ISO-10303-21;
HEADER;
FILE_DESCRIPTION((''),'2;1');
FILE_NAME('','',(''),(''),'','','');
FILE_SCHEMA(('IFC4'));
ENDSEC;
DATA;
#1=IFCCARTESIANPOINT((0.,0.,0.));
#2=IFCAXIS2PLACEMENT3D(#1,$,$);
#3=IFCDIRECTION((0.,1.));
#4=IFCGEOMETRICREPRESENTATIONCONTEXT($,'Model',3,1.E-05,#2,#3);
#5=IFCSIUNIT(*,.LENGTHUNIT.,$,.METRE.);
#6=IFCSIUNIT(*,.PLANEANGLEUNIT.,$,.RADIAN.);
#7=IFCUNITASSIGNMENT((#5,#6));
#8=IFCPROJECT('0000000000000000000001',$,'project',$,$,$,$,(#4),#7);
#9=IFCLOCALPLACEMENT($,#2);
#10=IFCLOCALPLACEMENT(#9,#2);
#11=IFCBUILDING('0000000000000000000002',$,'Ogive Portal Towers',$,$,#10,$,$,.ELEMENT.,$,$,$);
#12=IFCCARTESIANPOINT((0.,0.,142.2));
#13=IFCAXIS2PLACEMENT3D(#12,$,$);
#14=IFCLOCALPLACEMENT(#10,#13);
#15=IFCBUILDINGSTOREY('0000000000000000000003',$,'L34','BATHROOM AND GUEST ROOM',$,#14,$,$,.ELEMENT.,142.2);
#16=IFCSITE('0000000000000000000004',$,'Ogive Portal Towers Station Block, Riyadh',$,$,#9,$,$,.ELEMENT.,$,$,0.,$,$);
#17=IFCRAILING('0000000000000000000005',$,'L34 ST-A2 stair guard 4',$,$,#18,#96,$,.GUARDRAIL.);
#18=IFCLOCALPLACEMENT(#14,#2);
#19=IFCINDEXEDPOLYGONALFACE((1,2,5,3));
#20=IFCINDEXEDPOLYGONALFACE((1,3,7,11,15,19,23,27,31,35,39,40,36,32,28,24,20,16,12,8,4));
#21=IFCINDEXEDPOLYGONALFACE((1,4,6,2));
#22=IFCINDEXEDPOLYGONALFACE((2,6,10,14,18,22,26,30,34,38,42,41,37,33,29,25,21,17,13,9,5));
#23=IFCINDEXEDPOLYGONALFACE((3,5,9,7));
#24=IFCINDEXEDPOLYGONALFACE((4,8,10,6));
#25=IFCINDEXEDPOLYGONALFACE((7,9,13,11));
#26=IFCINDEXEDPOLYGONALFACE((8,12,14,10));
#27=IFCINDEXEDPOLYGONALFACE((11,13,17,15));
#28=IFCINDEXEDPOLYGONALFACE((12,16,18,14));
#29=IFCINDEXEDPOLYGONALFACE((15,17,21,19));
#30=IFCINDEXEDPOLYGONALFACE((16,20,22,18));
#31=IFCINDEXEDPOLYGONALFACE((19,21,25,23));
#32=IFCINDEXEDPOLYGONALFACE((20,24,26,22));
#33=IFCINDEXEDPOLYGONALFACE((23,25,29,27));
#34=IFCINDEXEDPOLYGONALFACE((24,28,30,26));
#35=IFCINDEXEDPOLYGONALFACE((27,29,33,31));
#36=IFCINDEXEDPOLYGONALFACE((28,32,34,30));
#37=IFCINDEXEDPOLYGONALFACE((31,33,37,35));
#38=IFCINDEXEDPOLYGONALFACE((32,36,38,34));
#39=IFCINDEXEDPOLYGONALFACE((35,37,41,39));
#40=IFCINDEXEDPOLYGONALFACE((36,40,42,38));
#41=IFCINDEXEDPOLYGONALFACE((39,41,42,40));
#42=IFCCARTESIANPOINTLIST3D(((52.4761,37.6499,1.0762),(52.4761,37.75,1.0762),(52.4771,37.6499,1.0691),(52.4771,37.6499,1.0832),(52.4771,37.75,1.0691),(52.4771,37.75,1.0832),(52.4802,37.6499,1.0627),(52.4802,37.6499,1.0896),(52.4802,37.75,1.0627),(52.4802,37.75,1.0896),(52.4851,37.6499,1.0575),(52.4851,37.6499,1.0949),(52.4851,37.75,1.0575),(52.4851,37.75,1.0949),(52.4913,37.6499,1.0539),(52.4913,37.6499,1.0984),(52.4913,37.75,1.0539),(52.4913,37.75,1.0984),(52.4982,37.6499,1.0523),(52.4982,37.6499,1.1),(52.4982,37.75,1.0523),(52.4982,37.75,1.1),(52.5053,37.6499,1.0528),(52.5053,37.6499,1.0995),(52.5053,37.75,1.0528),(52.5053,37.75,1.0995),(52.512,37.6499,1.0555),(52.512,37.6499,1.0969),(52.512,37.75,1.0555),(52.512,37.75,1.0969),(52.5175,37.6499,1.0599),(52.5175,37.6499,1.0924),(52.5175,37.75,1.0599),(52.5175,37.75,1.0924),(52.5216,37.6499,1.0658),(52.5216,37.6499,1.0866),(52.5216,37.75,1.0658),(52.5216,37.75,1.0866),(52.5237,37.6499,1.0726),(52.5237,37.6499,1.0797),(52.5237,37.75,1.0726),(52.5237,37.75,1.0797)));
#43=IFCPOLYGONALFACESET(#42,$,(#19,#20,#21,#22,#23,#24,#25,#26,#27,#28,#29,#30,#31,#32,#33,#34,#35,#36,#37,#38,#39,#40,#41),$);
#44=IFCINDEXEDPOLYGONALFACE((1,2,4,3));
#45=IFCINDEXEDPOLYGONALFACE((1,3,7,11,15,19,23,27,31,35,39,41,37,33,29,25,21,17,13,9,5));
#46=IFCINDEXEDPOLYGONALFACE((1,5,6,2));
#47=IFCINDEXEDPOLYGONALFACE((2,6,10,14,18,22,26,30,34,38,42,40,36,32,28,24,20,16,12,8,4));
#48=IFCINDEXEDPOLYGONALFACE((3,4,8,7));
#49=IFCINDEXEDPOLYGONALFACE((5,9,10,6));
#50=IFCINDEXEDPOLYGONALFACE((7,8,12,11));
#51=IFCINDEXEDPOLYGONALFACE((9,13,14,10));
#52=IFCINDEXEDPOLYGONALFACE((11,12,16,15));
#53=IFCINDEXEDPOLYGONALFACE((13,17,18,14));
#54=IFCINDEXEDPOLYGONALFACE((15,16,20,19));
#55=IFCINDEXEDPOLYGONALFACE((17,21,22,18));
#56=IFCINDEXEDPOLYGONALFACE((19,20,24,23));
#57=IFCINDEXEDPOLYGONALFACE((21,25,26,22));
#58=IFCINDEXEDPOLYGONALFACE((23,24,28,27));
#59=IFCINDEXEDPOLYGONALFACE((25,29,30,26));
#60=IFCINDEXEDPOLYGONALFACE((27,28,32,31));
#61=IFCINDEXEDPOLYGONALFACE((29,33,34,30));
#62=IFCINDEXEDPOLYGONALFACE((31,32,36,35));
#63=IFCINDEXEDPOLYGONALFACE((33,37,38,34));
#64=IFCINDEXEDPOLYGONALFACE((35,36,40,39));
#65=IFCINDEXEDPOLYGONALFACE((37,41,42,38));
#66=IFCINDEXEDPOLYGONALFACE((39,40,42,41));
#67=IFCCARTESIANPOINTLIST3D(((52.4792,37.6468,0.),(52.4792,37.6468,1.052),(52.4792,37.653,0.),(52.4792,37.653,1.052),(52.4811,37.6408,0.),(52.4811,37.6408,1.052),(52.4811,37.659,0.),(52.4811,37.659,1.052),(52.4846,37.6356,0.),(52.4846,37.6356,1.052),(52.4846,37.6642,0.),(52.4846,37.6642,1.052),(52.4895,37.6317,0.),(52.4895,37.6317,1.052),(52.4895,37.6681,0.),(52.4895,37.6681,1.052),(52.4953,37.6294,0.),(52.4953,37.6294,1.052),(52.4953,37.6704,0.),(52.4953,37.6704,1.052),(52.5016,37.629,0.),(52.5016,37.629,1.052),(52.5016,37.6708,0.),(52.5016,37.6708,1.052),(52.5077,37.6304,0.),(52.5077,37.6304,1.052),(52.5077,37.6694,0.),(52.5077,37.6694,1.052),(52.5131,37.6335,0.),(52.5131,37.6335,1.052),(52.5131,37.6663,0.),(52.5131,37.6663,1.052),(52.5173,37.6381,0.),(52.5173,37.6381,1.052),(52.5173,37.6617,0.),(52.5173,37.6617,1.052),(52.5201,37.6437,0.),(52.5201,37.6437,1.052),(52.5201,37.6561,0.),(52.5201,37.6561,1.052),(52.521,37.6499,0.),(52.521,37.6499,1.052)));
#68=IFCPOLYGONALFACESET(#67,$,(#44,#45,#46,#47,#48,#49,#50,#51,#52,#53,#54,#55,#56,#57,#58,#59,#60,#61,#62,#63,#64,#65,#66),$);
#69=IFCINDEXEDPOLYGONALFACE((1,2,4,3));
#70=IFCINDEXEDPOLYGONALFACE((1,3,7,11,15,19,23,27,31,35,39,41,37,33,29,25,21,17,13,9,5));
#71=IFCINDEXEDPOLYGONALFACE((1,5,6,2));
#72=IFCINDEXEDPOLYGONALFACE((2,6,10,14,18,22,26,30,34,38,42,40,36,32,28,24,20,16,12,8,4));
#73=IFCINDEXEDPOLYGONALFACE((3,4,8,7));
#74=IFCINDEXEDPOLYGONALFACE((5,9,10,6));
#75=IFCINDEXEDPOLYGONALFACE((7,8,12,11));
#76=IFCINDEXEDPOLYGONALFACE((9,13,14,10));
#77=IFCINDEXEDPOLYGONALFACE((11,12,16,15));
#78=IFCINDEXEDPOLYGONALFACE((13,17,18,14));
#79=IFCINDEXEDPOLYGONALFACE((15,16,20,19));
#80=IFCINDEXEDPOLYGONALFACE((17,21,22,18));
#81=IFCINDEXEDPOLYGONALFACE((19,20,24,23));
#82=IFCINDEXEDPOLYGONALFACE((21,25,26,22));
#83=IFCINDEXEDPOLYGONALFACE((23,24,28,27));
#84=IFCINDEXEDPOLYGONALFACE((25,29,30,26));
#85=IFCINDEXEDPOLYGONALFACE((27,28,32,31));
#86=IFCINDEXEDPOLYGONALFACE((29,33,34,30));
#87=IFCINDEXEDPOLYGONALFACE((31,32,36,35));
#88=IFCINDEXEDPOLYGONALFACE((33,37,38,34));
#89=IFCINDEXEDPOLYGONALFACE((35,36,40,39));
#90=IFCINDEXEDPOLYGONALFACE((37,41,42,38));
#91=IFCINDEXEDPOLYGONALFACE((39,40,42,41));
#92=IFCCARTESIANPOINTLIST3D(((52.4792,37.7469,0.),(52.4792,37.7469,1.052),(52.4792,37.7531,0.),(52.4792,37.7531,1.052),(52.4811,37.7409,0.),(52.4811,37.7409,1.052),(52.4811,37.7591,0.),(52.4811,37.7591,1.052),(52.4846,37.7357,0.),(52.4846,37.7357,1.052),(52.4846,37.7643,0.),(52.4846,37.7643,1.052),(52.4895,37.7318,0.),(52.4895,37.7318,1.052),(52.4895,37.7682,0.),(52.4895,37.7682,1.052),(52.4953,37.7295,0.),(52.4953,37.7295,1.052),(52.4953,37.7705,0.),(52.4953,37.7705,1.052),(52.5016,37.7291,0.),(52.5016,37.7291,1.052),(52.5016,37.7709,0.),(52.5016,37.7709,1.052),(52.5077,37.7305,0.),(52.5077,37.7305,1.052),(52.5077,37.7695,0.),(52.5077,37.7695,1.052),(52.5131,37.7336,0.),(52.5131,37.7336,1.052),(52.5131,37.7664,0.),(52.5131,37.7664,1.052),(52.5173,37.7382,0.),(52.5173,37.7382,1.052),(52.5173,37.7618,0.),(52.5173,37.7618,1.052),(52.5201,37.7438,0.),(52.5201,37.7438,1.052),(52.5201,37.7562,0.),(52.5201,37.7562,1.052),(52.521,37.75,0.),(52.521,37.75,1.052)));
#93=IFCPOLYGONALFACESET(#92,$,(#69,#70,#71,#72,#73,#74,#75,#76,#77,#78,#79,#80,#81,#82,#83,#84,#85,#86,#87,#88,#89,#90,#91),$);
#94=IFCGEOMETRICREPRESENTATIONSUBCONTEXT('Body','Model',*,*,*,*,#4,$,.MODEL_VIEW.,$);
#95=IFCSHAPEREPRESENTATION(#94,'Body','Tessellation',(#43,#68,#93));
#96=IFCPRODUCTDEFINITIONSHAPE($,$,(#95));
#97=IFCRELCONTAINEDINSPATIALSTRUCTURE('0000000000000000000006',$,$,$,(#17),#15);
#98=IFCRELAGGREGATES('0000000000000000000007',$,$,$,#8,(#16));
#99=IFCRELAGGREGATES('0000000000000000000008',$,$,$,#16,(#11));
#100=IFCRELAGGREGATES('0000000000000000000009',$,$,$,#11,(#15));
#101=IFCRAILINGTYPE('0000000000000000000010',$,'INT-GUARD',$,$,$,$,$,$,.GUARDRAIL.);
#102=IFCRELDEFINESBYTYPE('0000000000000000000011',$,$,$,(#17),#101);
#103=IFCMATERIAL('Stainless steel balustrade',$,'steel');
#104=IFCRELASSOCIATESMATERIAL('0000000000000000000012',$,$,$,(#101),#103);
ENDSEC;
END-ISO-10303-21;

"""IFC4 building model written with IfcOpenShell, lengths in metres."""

from ifc_helpers import new_model, si_unit, direction, frame, origin, origin_2d, place, context, subcontext, project, spatial, circle, extrude, material, type_object, element, save


model = new_model("IFC4")

# Units and contexts
model_context = context("Model", 3, precision=1e-05, world=origin(), true_north=direction((0.0, 1.0)))
body_context = subcontext(model_context, "Body", "Model", "MODEL_VIEW")
ifc_project = project(units=[si_unit("LENGTHUNIT", "METRE"), si_unit("PLANEANGLEUNIT", "RADIAN")], contexts=[model_context])

# Site, building, storey
site_placement = place(None, origin())
site = spatial("IfcSite", under=ifc_project, at=site_placement, Name="Ogive Portal Towers Station Block, Riyadh", CompositionType="ELEMENT", RefElevation=0.0)
building_placement = place(site_placement, origin())
building = spatial("IfcBuilding", under=site, at=building_placement, Name="Ogive Portal Towers", CompositionType="ELEMENT")
storey_placement = place(building_placement, frame((0.0, 0.0, 142.2)))
storey = spatial("IfcBuildingStorey", under=building, at=storey_placement, Name="L34", Description="BATHROOM AND GUEST ROOM", CompositionType="ELEMENT", Elevation=142.2)

# Railing
ifc_material_1 = material(Name="Stainless steel balustrade", Category="steel")
railing_type_1 = type_object("IfcRailingType", Name="INT-GUARD", PredefinedType="GUARDRAIL", material=ifc_material_1)
railing_1_placement = place(storey_placement, frame((52.5, 37.6499, 0.0)))
element("IfcRailing", 1, at=railing_1_placement, inside=storey, type_object=railing_type_1, Name="L34 ST-A2 stair guard 4", PredefinedType="GUARDRAIL", context=body_context, shape_type="SweptSolid", body=[
    extrude(circle(Radius=0.0239, at=origin_2d()), frame((0.0, 0.0, 1.0762), z_axis=(0.0, 1.0, 0.0), x_axis=(-1.0, 0.0, 0.0)), (0.0, 0.0, 1.0), 0.1001),
    extrude(circle(Radius=0.021, at=origin_2d()), origin(), (0.0, 0.0, 1.0), 1.052),
    extrude(circle(Radius=0.021, at=origin_2d()), frame((0.0, 0.1001, 0.0)), (0.0, 0.0, 1.0), 1.052),
])

save(model, "model.ifc")
